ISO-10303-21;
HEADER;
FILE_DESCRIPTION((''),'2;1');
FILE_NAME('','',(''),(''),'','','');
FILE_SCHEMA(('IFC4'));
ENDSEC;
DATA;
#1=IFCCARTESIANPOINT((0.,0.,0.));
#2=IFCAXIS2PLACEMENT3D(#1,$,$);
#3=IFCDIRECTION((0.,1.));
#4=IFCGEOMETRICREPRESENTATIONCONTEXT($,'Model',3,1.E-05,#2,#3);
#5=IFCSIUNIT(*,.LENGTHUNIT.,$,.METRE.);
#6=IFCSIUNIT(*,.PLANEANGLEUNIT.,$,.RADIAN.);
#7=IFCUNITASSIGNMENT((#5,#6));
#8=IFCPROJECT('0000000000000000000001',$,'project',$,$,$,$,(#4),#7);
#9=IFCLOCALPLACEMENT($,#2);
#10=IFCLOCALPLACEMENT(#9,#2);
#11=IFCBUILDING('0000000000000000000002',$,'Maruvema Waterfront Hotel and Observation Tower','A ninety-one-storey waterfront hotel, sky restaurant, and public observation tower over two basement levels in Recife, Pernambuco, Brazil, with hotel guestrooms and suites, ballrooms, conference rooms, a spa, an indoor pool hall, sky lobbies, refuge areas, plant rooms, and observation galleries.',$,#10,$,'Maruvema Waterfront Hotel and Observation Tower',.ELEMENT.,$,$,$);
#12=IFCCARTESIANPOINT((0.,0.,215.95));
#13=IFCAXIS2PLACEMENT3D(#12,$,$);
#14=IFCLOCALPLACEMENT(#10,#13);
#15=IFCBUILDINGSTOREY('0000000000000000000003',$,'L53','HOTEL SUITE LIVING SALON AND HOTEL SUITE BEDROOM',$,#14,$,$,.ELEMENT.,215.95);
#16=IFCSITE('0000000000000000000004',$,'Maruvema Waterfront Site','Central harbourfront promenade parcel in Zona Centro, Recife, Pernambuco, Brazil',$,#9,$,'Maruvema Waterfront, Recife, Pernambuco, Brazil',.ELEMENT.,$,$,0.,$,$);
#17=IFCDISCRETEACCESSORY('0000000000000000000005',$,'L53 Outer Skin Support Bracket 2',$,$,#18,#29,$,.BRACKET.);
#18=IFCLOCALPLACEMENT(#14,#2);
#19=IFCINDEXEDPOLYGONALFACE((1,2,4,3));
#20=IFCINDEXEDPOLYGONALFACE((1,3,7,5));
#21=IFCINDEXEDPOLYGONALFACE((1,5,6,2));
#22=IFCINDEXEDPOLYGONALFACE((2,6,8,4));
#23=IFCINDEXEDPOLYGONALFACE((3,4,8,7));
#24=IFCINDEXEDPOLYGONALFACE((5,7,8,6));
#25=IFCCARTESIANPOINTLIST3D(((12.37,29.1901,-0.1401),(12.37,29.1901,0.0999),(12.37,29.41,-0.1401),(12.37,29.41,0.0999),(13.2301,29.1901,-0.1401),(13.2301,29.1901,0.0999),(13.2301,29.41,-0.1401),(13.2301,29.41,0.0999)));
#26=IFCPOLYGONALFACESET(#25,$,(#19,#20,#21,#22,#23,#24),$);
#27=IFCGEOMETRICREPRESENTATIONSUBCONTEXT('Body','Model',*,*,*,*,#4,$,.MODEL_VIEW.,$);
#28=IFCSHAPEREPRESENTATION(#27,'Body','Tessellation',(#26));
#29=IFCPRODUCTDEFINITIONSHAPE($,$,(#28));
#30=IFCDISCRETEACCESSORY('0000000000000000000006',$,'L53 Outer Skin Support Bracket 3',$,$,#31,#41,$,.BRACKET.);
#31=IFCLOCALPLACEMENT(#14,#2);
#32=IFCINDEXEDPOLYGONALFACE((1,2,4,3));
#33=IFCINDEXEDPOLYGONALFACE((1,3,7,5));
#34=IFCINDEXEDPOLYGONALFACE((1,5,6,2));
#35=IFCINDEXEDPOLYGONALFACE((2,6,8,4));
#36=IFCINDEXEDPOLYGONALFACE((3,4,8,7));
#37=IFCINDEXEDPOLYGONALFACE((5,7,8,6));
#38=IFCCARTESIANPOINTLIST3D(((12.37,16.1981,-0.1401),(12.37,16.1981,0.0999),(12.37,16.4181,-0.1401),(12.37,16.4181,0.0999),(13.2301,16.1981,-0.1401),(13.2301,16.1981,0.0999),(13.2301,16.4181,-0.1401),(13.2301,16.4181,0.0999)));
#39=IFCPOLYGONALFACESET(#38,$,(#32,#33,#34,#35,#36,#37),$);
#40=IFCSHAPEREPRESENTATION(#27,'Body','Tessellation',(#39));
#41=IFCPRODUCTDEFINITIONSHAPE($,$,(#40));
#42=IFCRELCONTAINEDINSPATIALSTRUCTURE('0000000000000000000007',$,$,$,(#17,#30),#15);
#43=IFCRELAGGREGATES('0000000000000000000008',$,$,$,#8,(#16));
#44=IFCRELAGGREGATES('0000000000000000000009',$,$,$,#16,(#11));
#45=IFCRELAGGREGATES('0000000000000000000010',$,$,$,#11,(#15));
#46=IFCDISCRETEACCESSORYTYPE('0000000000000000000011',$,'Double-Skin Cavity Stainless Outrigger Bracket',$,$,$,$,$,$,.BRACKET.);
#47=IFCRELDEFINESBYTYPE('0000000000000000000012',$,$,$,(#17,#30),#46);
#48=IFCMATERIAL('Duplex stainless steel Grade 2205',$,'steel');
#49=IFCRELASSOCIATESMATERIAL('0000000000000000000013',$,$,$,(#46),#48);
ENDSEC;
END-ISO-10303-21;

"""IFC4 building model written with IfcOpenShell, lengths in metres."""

from ifc_helpers import new_model, si_unit, direction, frame, origin, origin_2d, place, context, subcontext, project, spatial, rectangle, extrude, material, type_object, element, save


model = new_model("IFC4")

# Units and contexts
model_context = context("Model", 3, precision=1e-05, world=origin(), true_north=direction((0.0, 1.0)))
body_context = subcontext(model_context, "Body", "Model", "MODEL_VIEW")
ifc_project = project(units=[si_unit("LENGTHUNIT", "METRE"), si_unit("PLANEANGLEUNIT", "RADIAN")], contexts=[model_context])

# Site, building, storey
site_placement = place(None, origin())
site = spatial("IfcSite", under=ifc_project, at=site_placement, Name="Maruvema Waterfront Site", Description="Central harbourfront promenade parcel in Zona Centro, Recife, Pernambuco, Brazil", LongName="Maruvema Waterfront, Recife, Pernambuco, Brazil", CompositionType="ELEMENT", RefElevation=0.0)
building_placement = place(site_placement, origin())
building = spatial("IfcBuilding", under=site, at=building_placement, Name="Maruvema Waterfront Hotel and Observation Tower", Description="A ninety-one-storey waterfront hotel, sky restaurant, and public observation tower over two basement levels in Recife, Pernambuco, Brazil, with hotel guestrooms and suites, ballrooms, conference rooms, a spa, an indoor pool hall, sky lobbies, refuge areas, plant rooms, and observation galleries.", LongName="Maruvema Waterfront Hotel and Observation Tower", CompositionType="ELEMENT")
storey_placement = place(building_placement, frame((0.0, 0.0, 215.95)))
storey = spatial("IfcBuildingStorey", under=building, at=storey_placement, Name="L53", Description="HOTEL SUITE LIVING SALON AND HOTEL SUITE BEDROOM", CompositionType="ELEMENT", Elevation=215.95)

# Discrete accessories
ifc_material_1 = material(Name="Duplex stainless steel Grade 2205", Category="steel")
discrete_accessory_type = type_object("IfcDiscreteAccessoryType", Name="Double-Skin Cavity Stainless Outrigger Bracket", PredefinedType="BRACKET", material=ifc_material_1)
for number, where, z_axis, x_axis, name in (
    (1, (12.8, 29.3, -0.1401), (0.0, 0.0, 1.0), (0.0, -1.0, 0.0), "L53 Outer Skin Support Bracket 2"),
    (2, (12.8, 16.3081, -0.1401), (0.0, 0.0, 1.0), (0.0, -1.0, 0.0), "L53 Outer Skin Support Bracket 3"),
):
    element("IfcDiscreteAccessory", number, at=place(storey_placement, frame(where, z_axis=z_axis, x_axis=x_axis)), inside=storey, type_object=discrete_accessory_type, Name=name, PredefinedType="BRACKET", context=body_context, shape_type="SweptSolid", body=[
        extrude(rectangle(XDim=0.22, YDim=0.8601, at=origin_2d()), origin(), (0.0, 0.0, 1.0), 0.24),
    ])

save(model, "model.ifc")
